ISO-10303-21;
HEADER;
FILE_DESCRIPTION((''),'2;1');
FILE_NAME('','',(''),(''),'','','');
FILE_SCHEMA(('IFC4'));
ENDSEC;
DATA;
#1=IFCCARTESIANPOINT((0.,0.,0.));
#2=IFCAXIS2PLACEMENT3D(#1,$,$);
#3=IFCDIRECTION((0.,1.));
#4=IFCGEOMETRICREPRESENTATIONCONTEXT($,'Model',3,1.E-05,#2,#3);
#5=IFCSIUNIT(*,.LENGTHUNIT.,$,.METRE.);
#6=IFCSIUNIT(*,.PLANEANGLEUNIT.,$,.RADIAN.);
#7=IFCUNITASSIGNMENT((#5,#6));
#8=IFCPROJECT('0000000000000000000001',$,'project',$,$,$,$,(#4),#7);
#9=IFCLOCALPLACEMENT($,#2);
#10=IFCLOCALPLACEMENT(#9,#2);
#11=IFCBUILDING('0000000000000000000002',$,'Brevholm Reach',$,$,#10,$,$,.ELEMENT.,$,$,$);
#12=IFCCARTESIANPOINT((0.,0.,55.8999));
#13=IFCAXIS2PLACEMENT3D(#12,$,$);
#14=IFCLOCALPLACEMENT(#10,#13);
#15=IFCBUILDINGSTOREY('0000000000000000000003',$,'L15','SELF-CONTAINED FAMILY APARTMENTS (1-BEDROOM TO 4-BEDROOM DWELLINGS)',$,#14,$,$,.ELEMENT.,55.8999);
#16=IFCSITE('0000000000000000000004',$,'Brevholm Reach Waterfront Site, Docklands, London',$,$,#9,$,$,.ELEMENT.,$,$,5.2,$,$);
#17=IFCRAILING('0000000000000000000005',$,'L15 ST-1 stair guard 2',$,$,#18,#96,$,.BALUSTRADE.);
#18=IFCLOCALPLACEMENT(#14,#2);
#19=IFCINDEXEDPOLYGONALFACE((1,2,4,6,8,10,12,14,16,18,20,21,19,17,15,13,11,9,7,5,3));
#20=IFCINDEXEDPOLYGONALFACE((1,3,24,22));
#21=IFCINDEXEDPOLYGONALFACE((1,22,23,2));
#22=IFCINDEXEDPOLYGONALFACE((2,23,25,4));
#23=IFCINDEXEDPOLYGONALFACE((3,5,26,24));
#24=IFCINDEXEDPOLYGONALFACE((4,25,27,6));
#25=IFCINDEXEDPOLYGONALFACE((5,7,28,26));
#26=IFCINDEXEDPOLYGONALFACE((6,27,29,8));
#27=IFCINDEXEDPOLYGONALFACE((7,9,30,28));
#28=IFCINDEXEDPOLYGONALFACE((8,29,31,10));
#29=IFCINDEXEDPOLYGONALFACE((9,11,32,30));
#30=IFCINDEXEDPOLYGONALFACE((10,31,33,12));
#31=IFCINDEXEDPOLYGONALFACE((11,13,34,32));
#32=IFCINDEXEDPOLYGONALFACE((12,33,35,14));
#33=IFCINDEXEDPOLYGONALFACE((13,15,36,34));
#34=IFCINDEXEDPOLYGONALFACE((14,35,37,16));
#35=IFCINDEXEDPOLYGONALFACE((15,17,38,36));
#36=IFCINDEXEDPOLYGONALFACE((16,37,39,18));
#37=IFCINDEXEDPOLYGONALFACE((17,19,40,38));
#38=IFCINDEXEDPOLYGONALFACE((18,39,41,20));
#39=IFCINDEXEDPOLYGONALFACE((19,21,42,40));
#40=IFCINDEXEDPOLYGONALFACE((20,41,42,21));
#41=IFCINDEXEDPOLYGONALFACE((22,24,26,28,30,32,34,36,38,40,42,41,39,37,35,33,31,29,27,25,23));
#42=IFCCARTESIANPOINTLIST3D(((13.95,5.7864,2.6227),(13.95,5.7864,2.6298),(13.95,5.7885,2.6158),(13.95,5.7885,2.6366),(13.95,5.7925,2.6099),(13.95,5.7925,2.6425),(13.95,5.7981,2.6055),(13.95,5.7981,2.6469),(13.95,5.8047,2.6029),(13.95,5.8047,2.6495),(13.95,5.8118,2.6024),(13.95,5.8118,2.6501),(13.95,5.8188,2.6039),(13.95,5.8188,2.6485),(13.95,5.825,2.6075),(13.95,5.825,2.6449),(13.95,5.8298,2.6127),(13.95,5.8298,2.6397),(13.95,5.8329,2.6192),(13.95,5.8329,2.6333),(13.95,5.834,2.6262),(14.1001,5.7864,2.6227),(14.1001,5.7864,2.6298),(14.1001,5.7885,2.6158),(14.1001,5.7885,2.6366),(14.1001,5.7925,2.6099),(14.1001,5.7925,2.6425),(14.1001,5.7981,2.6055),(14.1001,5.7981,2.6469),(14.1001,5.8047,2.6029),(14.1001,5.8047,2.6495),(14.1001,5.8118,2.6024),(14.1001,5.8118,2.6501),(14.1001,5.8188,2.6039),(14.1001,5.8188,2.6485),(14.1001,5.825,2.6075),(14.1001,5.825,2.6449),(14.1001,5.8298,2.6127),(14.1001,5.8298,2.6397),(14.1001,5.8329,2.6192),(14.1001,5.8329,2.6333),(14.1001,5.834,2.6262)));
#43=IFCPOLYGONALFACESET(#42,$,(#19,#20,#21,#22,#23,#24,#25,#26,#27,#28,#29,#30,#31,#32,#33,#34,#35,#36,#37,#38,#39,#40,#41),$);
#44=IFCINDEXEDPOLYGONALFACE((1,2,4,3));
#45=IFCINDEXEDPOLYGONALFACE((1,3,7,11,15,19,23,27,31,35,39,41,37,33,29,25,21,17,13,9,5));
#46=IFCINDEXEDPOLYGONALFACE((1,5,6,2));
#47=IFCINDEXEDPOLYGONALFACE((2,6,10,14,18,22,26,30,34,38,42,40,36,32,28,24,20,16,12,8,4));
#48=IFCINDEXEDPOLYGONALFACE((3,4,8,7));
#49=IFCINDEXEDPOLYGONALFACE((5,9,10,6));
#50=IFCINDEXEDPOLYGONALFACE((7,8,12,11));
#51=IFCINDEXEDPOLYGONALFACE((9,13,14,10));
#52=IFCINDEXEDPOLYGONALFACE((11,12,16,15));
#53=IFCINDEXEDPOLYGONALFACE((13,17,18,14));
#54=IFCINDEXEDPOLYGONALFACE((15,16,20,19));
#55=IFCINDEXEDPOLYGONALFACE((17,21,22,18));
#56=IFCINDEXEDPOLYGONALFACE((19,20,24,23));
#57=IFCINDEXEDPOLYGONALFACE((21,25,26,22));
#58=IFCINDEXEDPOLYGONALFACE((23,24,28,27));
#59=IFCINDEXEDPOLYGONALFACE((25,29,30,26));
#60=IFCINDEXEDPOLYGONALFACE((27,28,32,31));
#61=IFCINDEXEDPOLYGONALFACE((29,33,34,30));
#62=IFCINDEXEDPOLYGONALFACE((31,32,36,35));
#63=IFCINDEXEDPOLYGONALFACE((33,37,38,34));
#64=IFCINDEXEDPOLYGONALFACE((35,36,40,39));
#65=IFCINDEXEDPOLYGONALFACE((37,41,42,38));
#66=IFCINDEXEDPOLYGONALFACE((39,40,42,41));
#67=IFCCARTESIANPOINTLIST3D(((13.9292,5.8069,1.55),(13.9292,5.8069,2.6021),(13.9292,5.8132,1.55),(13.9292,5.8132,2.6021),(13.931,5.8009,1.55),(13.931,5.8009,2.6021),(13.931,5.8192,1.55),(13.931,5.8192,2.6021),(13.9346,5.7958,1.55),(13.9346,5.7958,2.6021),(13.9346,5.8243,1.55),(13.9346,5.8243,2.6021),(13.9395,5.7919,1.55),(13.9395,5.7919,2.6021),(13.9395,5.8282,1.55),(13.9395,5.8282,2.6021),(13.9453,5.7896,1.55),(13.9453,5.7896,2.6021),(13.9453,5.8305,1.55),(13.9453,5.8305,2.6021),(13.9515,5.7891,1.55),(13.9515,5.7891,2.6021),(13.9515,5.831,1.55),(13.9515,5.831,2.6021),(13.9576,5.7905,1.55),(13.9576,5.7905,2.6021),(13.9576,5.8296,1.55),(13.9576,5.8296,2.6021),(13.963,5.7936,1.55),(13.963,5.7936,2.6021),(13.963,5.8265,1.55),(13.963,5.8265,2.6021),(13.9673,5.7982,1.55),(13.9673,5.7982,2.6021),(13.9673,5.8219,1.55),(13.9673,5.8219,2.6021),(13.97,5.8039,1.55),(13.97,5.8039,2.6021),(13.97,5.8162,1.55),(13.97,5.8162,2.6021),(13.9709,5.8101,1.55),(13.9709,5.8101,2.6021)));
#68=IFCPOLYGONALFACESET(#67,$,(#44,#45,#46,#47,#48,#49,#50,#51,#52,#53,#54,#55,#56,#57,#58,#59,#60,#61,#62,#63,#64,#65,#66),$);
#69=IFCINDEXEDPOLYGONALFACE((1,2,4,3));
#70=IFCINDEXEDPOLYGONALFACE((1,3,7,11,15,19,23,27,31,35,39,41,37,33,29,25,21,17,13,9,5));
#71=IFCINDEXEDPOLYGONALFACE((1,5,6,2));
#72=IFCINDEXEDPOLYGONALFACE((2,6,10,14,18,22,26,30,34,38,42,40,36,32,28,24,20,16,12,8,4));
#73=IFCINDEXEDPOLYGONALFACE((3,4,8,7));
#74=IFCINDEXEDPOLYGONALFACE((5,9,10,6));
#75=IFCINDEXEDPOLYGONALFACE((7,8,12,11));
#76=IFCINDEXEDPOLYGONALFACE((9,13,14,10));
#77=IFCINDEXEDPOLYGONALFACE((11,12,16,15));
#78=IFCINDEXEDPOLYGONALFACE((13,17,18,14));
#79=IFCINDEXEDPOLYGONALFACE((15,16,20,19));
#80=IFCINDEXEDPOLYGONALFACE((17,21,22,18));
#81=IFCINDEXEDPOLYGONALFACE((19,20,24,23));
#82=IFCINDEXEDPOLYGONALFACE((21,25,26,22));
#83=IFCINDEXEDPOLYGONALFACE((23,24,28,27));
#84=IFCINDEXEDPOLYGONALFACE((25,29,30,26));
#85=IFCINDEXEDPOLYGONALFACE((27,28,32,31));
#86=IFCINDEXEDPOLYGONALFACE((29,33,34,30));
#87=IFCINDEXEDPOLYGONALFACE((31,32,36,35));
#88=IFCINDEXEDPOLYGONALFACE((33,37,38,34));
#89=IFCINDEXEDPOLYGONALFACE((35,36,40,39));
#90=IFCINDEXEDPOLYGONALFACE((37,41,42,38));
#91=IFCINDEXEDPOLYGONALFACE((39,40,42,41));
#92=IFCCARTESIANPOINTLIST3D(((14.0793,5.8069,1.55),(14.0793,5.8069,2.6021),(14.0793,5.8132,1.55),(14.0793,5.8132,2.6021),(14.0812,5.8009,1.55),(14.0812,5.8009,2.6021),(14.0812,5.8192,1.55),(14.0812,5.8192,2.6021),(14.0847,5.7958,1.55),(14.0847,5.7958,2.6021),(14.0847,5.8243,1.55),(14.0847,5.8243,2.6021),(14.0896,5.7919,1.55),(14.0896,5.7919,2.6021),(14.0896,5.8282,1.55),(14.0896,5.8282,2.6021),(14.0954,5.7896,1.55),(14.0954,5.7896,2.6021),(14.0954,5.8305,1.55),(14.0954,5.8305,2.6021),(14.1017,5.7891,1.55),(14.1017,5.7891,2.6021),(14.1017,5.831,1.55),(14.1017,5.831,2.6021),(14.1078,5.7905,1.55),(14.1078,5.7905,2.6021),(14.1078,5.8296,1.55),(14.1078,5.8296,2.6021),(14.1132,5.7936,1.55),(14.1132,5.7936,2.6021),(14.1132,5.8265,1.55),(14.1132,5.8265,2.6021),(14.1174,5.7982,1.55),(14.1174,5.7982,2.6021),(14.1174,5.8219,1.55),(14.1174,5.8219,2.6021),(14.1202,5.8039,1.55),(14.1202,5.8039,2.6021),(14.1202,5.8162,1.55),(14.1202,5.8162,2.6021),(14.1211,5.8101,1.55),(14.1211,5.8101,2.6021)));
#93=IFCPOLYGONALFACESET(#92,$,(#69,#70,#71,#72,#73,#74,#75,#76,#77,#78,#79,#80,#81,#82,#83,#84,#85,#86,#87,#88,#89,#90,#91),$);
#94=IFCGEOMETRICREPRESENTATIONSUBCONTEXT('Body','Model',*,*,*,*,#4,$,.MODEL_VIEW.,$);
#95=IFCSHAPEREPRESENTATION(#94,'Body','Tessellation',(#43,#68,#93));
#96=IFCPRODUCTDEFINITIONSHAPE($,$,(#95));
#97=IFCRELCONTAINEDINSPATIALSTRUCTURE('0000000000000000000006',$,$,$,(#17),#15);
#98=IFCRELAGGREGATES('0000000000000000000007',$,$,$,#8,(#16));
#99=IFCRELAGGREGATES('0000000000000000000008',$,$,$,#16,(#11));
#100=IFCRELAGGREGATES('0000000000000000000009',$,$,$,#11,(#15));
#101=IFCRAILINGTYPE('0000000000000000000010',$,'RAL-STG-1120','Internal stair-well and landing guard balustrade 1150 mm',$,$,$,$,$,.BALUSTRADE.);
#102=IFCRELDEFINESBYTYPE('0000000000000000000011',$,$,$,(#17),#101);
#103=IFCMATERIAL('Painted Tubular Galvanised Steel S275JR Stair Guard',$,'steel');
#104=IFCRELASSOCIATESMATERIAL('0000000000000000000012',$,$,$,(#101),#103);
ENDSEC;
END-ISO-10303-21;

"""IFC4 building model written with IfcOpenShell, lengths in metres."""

from ifc_helpers import new_model, si_unit, direction, frame, origin, origin_2d, place, context, subcontext, project, spatial, circle, extrude, material, type_object, element, save


model = new_model("IFC4")

# Units and contexts
model_context = context("Model", 3, precision=1e-05, world=origin(), true_north=direction((0.0, 1.0)))
body_context = subcontext(model_context, "Body", "Model", "MODEL_VIEW")
ifc_project = project(units=[si_unit("LENGTHUNIT", "METRE"), si_unit("PLANEANGLEUNIT", "RADIAN")], contexts=[model_context])

# Site, building, storey
site_placement = place(None, origin())
site = spatial("IfcSite", under=ifc_project, at=site_placement, Name="Brevholm Reach Waterfront Site, Docklands, London", CompositionType="ELEMENT", RefElevation=5.2)
building_placement = place(site_placement, origin())
building = spatial("IfcBuilding", under=site, at=building_placement, Name="Brevholm Reach", CompositionType="ELEMENT")
storey_placement = place(building_placement, frame((0.0, 0.0, 55.8999)))
storey = spatial("IfcBuildingStorey", under=building, at=storey_placement, Name="L15", Description="SELF-CONTAINED FAMILY APARTMENTS (1-BEDROOM TO 4-BEDROOM DWELLINGS)", CompositionType="ELEMENT", Elevation=55.8999)

# Railing
ifc_material_1 = material(Name="Painted Tubular Galvanised Steel S275JR Stair Guard", Category="steel")
railing_type_1 = type_object("IfcRailingType", Name="RAL-STG-1120", Description="Internal stair-well and landing guard balustrade 1150 mm", PredefinedType="BALUSTRADE", material=ifc_material_1)
railing_1_placement = place(storey_placement, frame((13.95, 5.8101, 1.55)))
element("IfcRailing", 1, at=railing_1_placement, inside=storey, type_object=railing_type_1, Name="L15 ST-1 stair guard 2", PredefinedType="BALUSTRADE", context=body_context, shape_type="SweptSolid", body=[
    extrude(circle(Radius=0.0239, at=origin_2d()), frame((0.0, 0.0, 1.0762), z_axis=(1.0, 0.0, 0.0), x_axis=(0.0, 1.0, 0.0)), (0.0, 0.0, 1.0), 0.1501),
    extrude(circle(Radius=0.021, at=origin_2d()), origin(), (0.0, 0.0, 1.0), 1.052),
    extrude(circle(Radius=0.021, at=origin_2d()), frame((0.1501, 0.0, 0.0)), (0.0, 0.0, 1.0), 1.052),
])

save(model, "model.ifc")
